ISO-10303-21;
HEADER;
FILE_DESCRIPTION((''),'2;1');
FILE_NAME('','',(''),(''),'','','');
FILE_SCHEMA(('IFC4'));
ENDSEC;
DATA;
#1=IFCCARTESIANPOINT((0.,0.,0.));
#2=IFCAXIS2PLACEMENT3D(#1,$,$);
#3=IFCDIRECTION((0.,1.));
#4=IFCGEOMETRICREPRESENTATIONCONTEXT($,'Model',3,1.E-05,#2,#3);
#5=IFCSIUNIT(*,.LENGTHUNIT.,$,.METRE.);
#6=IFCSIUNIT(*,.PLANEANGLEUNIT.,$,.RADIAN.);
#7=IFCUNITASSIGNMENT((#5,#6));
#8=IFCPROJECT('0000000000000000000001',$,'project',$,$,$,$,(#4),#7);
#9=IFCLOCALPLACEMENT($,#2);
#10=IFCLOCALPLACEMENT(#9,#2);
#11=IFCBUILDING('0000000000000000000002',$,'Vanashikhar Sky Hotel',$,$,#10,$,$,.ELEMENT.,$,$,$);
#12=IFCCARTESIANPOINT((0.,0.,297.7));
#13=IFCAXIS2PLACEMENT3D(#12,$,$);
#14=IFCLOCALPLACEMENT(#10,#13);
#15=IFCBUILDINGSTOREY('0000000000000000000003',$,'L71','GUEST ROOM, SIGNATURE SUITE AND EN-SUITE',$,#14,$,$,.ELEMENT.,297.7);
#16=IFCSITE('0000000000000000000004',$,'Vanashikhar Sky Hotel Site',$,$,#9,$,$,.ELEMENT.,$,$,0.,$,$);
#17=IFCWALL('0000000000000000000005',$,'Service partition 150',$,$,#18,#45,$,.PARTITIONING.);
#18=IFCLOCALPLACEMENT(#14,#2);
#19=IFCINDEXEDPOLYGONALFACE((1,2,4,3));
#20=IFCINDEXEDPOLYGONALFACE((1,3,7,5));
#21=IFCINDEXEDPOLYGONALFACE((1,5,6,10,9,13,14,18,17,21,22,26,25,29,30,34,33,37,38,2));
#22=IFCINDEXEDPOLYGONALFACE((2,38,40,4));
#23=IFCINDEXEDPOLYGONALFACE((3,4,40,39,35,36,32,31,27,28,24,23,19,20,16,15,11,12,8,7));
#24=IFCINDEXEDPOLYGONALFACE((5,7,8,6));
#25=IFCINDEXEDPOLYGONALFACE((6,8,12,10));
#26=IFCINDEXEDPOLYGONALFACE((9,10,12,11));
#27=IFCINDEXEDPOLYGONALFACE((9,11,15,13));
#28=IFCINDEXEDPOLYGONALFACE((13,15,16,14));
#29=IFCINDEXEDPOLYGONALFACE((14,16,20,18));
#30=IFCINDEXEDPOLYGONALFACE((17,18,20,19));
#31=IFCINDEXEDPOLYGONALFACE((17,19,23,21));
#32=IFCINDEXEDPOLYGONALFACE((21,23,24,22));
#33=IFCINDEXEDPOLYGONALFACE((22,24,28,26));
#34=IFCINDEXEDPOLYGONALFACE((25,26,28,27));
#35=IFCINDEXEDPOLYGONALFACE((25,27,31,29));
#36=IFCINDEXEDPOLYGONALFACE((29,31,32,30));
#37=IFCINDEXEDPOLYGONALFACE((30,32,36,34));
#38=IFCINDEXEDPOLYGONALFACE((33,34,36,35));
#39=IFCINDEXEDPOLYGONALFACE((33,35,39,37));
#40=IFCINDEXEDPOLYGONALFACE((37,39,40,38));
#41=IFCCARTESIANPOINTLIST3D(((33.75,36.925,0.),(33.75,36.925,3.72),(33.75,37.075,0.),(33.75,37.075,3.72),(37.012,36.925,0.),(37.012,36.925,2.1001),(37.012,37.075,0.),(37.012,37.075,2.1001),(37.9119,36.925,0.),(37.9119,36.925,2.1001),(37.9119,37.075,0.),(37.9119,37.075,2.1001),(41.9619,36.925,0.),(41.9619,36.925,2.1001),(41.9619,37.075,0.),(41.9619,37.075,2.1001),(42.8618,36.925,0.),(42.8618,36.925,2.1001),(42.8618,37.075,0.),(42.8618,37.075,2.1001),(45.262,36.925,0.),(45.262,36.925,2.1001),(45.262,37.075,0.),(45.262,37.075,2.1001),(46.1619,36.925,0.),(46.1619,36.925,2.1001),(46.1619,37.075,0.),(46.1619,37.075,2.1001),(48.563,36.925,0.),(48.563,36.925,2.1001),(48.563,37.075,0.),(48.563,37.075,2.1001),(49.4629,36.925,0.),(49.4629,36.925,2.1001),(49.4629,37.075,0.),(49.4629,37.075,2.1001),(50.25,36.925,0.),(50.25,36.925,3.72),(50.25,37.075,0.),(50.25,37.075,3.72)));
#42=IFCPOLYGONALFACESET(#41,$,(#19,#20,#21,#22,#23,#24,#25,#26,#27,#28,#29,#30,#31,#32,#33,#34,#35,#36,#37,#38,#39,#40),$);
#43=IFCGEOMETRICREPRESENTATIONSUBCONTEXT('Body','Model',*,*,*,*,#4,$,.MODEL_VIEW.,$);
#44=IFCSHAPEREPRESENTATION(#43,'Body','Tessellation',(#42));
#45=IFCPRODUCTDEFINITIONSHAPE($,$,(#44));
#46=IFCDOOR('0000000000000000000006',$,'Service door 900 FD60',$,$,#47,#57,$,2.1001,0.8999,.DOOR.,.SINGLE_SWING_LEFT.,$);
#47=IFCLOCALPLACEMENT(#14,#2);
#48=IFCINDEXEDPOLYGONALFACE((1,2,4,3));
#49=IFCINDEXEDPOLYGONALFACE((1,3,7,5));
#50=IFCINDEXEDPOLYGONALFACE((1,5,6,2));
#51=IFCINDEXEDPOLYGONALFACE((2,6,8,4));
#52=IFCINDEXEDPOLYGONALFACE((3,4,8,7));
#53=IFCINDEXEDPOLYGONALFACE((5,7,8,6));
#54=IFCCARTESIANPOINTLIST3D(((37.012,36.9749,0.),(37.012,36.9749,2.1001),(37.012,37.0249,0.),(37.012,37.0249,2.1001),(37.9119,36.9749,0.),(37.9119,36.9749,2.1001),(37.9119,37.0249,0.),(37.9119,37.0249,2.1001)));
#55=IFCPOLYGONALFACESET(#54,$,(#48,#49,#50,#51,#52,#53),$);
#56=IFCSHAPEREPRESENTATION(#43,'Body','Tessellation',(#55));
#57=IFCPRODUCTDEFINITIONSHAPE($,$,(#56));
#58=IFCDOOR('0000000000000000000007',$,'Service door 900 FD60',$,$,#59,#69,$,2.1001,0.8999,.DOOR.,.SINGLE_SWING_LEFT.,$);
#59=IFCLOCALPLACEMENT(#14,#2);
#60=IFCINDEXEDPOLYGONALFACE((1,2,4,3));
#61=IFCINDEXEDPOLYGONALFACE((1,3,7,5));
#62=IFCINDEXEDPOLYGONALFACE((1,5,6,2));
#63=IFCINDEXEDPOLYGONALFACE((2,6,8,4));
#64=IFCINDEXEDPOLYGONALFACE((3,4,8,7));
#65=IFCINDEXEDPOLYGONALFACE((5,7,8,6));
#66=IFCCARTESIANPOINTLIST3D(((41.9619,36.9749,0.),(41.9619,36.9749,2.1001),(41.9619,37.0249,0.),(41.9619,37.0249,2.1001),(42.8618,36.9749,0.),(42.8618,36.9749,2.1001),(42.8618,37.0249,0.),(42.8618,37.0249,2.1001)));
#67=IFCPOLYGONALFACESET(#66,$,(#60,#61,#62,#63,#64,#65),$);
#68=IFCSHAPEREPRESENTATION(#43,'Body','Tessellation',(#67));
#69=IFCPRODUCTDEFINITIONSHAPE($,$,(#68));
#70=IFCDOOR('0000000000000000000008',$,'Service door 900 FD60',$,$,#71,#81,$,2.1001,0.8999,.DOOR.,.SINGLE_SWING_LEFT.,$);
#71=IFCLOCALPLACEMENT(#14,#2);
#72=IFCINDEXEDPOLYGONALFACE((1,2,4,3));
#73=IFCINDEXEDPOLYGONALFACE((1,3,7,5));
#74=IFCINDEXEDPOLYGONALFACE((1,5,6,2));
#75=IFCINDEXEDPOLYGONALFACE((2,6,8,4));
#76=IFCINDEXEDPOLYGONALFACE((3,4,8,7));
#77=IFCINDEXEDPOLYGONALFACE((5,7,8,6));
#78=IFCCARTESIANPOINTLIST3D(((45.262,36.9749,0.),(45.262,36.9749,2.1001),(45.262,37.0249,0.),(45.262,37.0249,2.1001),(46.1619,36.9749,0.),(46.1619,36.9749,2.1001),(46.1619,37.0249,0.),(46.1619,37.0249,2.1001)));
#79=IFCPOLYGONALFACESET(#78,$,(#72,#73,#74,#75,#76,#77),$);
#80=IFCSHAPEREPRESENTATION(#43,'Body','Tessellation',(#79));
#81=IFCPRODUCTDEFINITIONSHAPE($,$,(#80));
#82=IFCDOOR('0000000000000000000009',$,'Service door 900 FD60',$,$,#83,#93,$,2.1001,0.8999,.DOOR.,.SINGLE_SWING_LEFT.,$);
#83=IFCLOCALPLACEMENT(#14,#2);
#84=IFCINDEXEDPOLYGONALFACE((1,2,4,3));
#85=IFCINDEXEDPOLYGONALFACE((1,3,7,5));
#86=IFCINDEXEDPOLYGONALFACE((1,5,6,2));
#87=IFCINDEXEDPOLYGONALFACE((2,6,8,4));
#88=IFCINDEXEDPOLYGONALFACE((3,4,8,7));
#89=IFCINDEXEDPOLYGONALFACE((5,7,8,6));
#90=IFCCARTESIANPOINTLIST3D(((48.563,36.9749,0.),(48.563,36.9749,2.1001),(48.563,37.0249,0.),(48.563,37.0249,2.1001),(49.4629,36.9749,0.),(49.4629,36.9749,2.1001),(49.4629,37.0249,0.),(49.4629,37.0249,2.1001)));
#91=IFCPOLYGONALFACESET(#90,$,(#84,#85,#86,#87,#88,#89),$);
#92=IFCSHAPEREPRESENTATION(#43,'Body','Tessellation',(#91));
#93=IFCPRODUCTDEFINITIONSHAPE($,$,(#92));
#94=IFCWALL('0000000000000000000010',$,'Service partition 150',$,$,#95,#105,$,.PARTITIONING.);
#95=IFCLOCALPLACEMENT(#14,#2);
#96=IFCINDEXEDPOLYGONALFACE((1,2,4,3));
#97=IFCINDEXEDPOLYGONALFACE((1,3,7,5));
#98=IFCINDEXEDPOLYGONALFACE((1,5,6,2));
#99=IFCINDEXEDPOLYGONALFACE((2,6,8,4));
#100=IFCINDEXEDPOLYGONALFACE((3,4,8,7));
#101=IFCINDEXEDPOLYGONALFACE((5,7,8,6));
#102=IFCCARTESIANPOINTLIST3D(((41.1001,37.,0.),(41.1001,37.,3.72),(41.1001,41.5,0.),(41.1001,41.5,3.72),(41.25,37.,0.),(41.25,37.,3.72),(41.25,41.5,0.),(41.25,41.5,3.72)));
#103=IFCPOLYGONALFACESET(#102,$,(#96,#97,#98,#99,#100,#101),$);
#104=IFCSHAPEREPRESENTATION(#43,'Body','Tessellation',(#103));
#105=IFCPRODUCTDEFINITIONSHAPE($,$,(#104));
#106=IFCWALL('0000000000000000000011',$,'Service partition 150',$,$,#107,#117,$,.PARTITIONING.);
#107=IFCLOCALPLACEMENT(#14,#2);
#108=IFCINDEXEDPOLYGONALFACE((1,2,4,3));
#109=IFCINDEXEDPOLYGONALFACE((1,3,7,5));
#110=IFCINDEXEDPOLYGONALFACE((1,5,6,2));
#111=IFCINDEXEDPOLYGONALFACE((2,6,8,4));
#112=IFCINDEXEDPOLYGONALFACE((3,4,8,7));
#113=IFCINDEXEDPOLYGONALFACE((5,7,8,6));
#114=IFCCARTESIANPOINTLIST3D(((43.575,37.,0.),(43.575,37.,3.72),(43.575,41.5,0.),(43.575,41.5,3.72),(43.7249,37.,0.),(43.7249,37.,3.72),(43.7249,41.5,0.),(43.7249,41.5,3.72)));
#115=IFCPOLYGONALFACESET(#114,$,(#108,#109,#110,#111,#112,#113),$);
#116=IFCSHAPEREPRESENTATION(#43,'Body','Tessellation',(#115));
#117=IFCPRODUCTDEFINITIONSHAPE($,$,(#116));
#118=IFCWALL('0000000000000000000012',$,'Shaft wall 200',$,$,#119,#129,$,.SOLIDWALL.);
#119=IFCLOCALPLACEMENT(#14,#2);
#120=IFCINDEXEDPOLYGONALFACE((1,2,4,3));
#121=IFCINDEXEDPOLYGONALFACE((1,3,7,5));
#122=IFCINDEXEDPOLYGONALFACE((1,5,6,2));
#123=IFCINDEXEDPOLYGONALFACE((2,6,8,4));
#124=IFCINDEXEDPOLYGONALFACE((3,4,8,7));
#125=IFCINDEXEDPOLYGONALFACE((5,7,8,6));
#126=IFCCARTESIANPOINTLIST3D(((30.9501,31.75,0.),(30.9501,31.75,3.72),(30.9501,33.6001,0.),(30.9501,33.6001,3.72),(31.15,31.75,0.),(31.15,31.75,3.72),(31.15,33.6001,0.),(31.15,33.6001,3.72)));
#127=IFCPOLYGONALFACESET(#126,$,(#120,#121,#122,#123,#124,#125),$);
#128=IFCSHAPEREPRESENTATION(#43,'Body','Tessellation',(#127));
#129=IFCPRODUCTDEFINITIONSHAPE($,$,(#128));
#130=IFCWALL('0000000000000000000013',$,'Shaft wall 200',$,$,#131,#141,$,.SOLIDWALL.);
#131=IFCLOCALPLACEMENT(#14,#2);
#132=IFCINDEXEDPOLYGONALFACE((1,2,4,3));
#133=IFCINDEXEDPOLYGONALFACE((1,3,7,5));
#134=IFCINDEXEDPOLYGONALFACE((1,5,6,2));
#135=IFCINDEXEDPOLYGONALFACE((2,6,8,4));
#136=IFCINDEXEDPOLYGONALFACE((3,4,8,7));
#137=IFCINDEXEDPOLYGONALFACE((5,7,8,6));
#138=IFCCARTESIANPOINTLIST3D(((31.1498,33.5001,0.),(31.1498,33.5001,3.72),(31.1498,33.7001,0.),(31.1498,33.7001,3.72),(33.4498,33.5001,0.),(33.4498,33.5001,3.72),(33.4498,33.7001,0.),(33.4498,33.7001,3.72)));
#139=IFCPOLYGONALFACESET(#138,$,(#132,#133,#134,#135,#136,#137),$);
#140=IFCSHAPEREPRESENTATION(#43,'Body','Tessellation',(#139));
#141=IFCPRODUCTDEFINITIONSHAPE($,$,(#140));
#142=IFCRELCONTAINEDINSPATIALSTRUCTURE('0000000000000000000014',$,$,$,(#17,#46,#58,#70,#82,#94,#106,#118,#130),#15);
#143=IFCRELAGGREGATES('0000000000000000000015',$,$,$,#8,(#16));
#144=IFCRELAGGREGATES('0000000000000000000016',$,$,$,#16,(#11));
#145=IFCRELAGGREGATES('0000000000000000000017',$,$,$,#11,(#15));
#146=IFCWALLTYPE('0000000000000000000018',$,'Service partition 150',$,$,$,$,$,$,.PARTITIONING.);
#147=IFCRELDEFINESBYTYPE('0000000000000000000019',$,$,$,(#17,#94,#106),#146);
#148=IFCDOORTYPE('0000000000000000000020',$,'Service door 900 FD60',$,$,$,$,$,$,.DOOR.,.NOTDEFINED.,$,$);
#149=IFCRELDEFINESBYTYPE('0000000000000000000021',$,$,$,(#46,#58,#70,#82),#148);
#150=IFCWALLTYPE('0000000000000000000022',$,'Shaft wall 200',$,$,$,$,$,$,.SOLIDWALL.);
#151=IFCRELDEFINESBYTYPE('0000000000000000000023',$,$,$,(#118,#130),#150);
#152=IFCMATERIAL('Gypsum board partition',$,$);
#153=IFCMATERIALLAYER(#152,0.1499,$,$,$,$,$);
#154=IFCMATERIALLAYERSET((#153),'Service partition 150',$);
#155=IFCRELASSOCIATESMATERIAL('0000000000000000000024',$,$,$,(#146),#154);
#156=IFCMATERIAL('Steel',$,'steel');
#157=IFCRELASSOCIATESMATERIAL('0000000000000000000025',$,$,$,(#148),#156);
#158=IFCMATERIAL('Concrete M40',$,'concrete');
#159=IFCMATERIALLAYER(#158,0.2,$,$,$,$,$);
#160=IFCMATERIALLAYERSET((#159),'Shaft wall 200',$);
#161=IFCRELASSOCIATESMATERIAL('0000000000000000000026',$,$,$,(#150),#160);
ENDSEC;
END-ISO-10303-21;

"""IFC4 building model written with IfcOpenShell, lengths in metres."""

from ifc_helpers import new_model, si_unit, direction, frame, frame_2d, origin, place, context, subcontext, project, spatial, rectangle, extrude, source, transform, mapped, material, layer, layer_set, type_object, element, fill, save


model = new_model("IFC4")

# Units and contexts
model_context = context("Model", 3, precision=1e-05, world=origin(), true_north=direction((0.0, 1.0)))
body_context = subcontext(model_context, "Body", "Model", "MODEL_VIEW")
ifc_project = project(units=[si_unit("LENGTHUNIT", "METRE"), si_unit("PLANEANGLEUNIT", "RADIAN")], contexts=[model_context])

# Site, building, storey
site_placement = place(None, origin())
site = spatial("IfcSite", under=ifc_project, at=site_placement, Name="Vanashikhar Sky Hotel Site", CompositionType="ELEMENT", RefElevation=0.0)
building_placement = place(site_placement, origin())
building = spatial("IfcBuilding", under=site, at=building_placement, Name="Vanashikhar Sky Hotel", CompositionType="ELEMENT")
storey_placement = place(building_placement, frame((0.0, 0.0, 297.7)))
storey = spatial("IfcBuildingStorey", under=building, at=storey_placement, Name="L71", Description="GUEST ROOM, SIGNATURE SUITE AND EN-SUITE", CompositionType="ELEMENT", Elevation=297.7)

# Shared definitions
ifc_material_1 = material(Name="Steel", Category="steel")

# Shared definitions
ifc_material_2 = material(Name="Gypsum board partition")
ifc_layer_1 = layer(ifc_material_2, 0.1499)
ifc_layer_set_1 = layer_set([ifc_layer_1], Name="Service partition 150")
wall_type_1 = type_object("IfcWallType", Name="Service partition 150", PredefinedType="PARTITIONING", material=ifc_layer_set_1)

# Wall, openings, doors
shared_shape_1 = source(origin(), body_context, "Body", "SweptSolid", [
    extrude(rectangle(XDim=0.8999, YDim=2.1001, at=frame_2d((0.45, 1.05))), frame((0.0, 0.085, 0.0), z_axis=(0.0, -1.0, 0.0), x_axis=(1.0, 0.0, 0.0)), (0.0, 0.0, 1.0), 0.1699),
])
door_type_1 = type_object("IfcDoorType", Name="Service door 900 FD60", OperationType="NOTDEFINED", PredefinedType="DOOR", material=ifc_material_1)
shared_shape_2 = source(origin(), body_context, "Body", "SweptSolid", [
    extrude(rectangle(XDim=0.8999, YDim=2.1001, at=frame_2d((0.45, 1.05))), frame((0.0, 0.0249, 0.0), z_axis=(0.0, -1.0, 0.0), x_axis=(1.0, 0.0, 0.0)), (0.0, 0.0, 1.0), 0.05),
])
shared_shape_3 = source(origin(), body_context, "Body", "SweptSolid", [
    extrude(rectangle(XDim=16.5, YDim=0.1499, at=frame_2d((8.25, 0.0))), origin(), (0.0, 0.0, 1.0), 3.72),
])
wall_1_placement = place(storey_placement, frame((33.75, 37.0, 0.0), z_axis=(0.0, 0.0, 1.0), x_axis=(1.0, 0.0, 0.0)))
wall_1 = element("IfcWall", 1, at=wall_1_placement, inside=storey, type_object=wall_type_1, Name="Service partition 150", PredefinedType="PARTITIONING", context=body_context, shape_type="MappedRepresentation", body=[
    mapped(shared_shape_3, transform((0.0, 0.0, 0.0), scale=1.0)),
])
opening_1_placement = place(wall_1_placement, frame((3.262, 0.0, 0.0)))
opening_1 = element("IfcOpeningElement", 2, at=opening_1_placement, cuts=wall_1, PredefinedType="OPENING", context=body_context, shape_type="MappedRepresentation", body=[
    mapped(shared_shape_1, transform((0.0, 0.0, 0.0), scale=1.0)),
])
opening_2_placement = place(wall_1_placement, frame((8.2119, 0.0, 0.0)))
opening_2 = element("IfcOpeningElement", 3, at=opening_2_placement, cuts=wall_1, PredefinedType="OPENING", context=body_context, shape_type="MappedRepresentation", body=[
    mapped(shared_shape_1, transform((0.0, 0.0, 0.0), scale=1.0)),
])
opening_3_placement = place(wall_1_placement, frame((11.512, 0.0, 0.0)))
opening_3 = element("IfcOpeningElement", 4, at=opening_3_placement, cuts=wall_1, PredefinedType="OPENING", context=body_context, shape_type="MappedRepresentation", body=[
    mapped(shared_shape_1, transform((0.0, 0.0, 0.0), scale=1.0)),
])
opening_4_placement = place(wall_1_placement, frame((14.813, 0.0, 0.0)))
opening_4 = element("IfcOpeningElement", 5, at=opening_4_placement, cuts=wall_1, PredefinedType="OPENING", context=body_context, shape_type="MappedRepresentation", body=[
    mapped(shared_shape_1, transform((0.0, 0.0, 0.0), scale=1.0)),
])
door_1_placement = place(opening_1_placement, origin())
door_1 = element("IfcDoor", 6, at=door_1_placement, inside=storey, type_object=door_type_1, Name="Service door 900 FD60", OperationType="SINGLE_SWING_LEFT", OverallHeight=2.1001, OverallWidth=0.8999, PredefinedType="DOOR", context=body_context, shape_type="MappedRepresentation", body=[
    mapped(shared_shape_2, transform((0.0, 0.0, 0.0), scale=1.0)),
])
fill(opening_1, door_1)
door_2_placement = place(opening_2_placement, origin())
door_2 = element("IfcDoor", 7, at=door_2_placement, inside=storey, type_object=door_type_1, Name="Service door 900 FD60", OperationType="SINGLE_SWING_LEFT", OverallHeight=2.1001, OverallWidth=0.8999, PredefinedType="DOOR", context=body_context, shape_type="MappedRepresentation", body=[
    mapped(shared_shape_2, transform((0.0, 0.0, 0.0), scale=1.0)),
])
fill(opening_2, door_2)
door_3_placement = place(opening_3_placement, origin())
door_3 = element("IfcDoor", 8, at=door_3_placement, inside=storey, type_object=door_type_1, Name="Service door 900 FD60", OperationType="SINGLE_SWING_LEFT", OverallHeight=2.1001, OverallWidth=0.8999, PredefinedType="DOOR", context=body_context, shape_type="MappedRepresentation", body=[
    mapped(shared_shape_2, transform((0.0, 0.0, 0.0), scale=1.0)),
])
fill(opening_3, door_3)
door_4_placement = place(opening_4_placement, origin())
door_4 = element("IfcDoor", 9, at=door_4_placement, inside=storey, type_object=door_type_1, Name="Service door 900 FD60", OperationType="SINGLE_SWING_LEFT", OverallHeight=2.1001, OverallWidth=0.8999, PredefinedType="DOOR", context=body_context, shape_type="MappedRepresentation", body=[
    mapped(shared_shape_2, transform((0.0, 0.0, 0.0), scale=1.0)),
])
fill(opening_4, door_4)

# Walls
shared_shape_4 = source(origin(), body_context, "Body", "SweptSolid", [
    extrude(rectangle(XDim=4.5, YDim=0.1499, at=frame_2d((2.25, 0.0))), origin(), (0.0, 0.0, 1.0), 3.72),
])
for number, where, z_axis, x_axis, name in (
    (10, (41.175, 37.0, 0.0), (0.0, 0.0, 1.0), (0.0, 1.0, 0.0), "Service partition 150"),
    (11, (43.6499, 37.0, 0.0), (0.0, 0.0, 1.0), (0.0, 1.0, 0.0), "Service partition 150"),
):
    element("IfcWall", number, at=place(storey_placement, frame(where, z_axis=z_axis, x_axis=x_axis)), inside=storey, type_object=wall_type_1, Name=name, PredefinedType="PARTITIONING", context=body_context, shape_type="MappedRepresentation", body=[
        mapped(shared_shape_4, transform((0.0, 0.0, 0.0), scale=1.0)),
    ])
ifc_material_3 = material(Name="Concrete M40", Category="concrete")
ifc_layer_2 = layer(ifc_material_3, 0.2)
ifc_layer_set_2 = layer_set([ifc_layer_2], Name="Shaft wall 200")
wall_type_2 = type_object("IfcWallType", Name="Shaft wall 200", PredefinedType="SOLIDWALL", material=ifc_layer_set_2)
shared_shape_5 = source(origin(), body_context, "Body", "SweptSolid", [
    extrude(rectangle(XDim=1.8501, YDim=0.2, at=frame_2d((0.925, 0.0))), origin(), (0.0, 0.0, 1.0), 3.72),
])
wall_2_placement = place(storey_placement, frame((31.05, 31.75, 0.0), z_axis=(0.0, 0.0, 1.0), x_axis=(0.0, 1.0, 0.0)))
element("IfcWall", 12, at=wall_2_placement, inside=storey, type_object=wall_type_2, Name="Shaft wall 200", PredefinedType="SOLIDWALL", context=body_context, shape_type="MappedRepresentation", body=[
    mapped(shared_shape_5, transform((0.0, 0.0, 0.0), scale=1.0)),
])
shared_shape_6 = source(origin(), body_context, "Body", "SweptSolid", [
    extrude(rectangle(XDim=2.3, YDim=0.2, at=frame_2d((1.1499, 0.0))), origin(), (0.0, 0.0, 1.0), 3.72),
])
wall_3_placement = place(storey_placement, frame((31.1499, 33.6001, 0.0), z_axis=(0.0, 0.0, 1.0), x_axis=(1.0, 0.0, 0.0)))
element("IfcWall", 13, at=wall_3_placement, inside=storey, type_object=wall_type_2, Name="Shaft wall 200", PredefinedType="SOLIDWALL", context=body_context, shape_type="MappedRepresentation", body=[
    mapped(shared_shape_6, transform((0.0, 0.0, 0.0), scale=1.0)),
])

save(model, "model.ifc")
